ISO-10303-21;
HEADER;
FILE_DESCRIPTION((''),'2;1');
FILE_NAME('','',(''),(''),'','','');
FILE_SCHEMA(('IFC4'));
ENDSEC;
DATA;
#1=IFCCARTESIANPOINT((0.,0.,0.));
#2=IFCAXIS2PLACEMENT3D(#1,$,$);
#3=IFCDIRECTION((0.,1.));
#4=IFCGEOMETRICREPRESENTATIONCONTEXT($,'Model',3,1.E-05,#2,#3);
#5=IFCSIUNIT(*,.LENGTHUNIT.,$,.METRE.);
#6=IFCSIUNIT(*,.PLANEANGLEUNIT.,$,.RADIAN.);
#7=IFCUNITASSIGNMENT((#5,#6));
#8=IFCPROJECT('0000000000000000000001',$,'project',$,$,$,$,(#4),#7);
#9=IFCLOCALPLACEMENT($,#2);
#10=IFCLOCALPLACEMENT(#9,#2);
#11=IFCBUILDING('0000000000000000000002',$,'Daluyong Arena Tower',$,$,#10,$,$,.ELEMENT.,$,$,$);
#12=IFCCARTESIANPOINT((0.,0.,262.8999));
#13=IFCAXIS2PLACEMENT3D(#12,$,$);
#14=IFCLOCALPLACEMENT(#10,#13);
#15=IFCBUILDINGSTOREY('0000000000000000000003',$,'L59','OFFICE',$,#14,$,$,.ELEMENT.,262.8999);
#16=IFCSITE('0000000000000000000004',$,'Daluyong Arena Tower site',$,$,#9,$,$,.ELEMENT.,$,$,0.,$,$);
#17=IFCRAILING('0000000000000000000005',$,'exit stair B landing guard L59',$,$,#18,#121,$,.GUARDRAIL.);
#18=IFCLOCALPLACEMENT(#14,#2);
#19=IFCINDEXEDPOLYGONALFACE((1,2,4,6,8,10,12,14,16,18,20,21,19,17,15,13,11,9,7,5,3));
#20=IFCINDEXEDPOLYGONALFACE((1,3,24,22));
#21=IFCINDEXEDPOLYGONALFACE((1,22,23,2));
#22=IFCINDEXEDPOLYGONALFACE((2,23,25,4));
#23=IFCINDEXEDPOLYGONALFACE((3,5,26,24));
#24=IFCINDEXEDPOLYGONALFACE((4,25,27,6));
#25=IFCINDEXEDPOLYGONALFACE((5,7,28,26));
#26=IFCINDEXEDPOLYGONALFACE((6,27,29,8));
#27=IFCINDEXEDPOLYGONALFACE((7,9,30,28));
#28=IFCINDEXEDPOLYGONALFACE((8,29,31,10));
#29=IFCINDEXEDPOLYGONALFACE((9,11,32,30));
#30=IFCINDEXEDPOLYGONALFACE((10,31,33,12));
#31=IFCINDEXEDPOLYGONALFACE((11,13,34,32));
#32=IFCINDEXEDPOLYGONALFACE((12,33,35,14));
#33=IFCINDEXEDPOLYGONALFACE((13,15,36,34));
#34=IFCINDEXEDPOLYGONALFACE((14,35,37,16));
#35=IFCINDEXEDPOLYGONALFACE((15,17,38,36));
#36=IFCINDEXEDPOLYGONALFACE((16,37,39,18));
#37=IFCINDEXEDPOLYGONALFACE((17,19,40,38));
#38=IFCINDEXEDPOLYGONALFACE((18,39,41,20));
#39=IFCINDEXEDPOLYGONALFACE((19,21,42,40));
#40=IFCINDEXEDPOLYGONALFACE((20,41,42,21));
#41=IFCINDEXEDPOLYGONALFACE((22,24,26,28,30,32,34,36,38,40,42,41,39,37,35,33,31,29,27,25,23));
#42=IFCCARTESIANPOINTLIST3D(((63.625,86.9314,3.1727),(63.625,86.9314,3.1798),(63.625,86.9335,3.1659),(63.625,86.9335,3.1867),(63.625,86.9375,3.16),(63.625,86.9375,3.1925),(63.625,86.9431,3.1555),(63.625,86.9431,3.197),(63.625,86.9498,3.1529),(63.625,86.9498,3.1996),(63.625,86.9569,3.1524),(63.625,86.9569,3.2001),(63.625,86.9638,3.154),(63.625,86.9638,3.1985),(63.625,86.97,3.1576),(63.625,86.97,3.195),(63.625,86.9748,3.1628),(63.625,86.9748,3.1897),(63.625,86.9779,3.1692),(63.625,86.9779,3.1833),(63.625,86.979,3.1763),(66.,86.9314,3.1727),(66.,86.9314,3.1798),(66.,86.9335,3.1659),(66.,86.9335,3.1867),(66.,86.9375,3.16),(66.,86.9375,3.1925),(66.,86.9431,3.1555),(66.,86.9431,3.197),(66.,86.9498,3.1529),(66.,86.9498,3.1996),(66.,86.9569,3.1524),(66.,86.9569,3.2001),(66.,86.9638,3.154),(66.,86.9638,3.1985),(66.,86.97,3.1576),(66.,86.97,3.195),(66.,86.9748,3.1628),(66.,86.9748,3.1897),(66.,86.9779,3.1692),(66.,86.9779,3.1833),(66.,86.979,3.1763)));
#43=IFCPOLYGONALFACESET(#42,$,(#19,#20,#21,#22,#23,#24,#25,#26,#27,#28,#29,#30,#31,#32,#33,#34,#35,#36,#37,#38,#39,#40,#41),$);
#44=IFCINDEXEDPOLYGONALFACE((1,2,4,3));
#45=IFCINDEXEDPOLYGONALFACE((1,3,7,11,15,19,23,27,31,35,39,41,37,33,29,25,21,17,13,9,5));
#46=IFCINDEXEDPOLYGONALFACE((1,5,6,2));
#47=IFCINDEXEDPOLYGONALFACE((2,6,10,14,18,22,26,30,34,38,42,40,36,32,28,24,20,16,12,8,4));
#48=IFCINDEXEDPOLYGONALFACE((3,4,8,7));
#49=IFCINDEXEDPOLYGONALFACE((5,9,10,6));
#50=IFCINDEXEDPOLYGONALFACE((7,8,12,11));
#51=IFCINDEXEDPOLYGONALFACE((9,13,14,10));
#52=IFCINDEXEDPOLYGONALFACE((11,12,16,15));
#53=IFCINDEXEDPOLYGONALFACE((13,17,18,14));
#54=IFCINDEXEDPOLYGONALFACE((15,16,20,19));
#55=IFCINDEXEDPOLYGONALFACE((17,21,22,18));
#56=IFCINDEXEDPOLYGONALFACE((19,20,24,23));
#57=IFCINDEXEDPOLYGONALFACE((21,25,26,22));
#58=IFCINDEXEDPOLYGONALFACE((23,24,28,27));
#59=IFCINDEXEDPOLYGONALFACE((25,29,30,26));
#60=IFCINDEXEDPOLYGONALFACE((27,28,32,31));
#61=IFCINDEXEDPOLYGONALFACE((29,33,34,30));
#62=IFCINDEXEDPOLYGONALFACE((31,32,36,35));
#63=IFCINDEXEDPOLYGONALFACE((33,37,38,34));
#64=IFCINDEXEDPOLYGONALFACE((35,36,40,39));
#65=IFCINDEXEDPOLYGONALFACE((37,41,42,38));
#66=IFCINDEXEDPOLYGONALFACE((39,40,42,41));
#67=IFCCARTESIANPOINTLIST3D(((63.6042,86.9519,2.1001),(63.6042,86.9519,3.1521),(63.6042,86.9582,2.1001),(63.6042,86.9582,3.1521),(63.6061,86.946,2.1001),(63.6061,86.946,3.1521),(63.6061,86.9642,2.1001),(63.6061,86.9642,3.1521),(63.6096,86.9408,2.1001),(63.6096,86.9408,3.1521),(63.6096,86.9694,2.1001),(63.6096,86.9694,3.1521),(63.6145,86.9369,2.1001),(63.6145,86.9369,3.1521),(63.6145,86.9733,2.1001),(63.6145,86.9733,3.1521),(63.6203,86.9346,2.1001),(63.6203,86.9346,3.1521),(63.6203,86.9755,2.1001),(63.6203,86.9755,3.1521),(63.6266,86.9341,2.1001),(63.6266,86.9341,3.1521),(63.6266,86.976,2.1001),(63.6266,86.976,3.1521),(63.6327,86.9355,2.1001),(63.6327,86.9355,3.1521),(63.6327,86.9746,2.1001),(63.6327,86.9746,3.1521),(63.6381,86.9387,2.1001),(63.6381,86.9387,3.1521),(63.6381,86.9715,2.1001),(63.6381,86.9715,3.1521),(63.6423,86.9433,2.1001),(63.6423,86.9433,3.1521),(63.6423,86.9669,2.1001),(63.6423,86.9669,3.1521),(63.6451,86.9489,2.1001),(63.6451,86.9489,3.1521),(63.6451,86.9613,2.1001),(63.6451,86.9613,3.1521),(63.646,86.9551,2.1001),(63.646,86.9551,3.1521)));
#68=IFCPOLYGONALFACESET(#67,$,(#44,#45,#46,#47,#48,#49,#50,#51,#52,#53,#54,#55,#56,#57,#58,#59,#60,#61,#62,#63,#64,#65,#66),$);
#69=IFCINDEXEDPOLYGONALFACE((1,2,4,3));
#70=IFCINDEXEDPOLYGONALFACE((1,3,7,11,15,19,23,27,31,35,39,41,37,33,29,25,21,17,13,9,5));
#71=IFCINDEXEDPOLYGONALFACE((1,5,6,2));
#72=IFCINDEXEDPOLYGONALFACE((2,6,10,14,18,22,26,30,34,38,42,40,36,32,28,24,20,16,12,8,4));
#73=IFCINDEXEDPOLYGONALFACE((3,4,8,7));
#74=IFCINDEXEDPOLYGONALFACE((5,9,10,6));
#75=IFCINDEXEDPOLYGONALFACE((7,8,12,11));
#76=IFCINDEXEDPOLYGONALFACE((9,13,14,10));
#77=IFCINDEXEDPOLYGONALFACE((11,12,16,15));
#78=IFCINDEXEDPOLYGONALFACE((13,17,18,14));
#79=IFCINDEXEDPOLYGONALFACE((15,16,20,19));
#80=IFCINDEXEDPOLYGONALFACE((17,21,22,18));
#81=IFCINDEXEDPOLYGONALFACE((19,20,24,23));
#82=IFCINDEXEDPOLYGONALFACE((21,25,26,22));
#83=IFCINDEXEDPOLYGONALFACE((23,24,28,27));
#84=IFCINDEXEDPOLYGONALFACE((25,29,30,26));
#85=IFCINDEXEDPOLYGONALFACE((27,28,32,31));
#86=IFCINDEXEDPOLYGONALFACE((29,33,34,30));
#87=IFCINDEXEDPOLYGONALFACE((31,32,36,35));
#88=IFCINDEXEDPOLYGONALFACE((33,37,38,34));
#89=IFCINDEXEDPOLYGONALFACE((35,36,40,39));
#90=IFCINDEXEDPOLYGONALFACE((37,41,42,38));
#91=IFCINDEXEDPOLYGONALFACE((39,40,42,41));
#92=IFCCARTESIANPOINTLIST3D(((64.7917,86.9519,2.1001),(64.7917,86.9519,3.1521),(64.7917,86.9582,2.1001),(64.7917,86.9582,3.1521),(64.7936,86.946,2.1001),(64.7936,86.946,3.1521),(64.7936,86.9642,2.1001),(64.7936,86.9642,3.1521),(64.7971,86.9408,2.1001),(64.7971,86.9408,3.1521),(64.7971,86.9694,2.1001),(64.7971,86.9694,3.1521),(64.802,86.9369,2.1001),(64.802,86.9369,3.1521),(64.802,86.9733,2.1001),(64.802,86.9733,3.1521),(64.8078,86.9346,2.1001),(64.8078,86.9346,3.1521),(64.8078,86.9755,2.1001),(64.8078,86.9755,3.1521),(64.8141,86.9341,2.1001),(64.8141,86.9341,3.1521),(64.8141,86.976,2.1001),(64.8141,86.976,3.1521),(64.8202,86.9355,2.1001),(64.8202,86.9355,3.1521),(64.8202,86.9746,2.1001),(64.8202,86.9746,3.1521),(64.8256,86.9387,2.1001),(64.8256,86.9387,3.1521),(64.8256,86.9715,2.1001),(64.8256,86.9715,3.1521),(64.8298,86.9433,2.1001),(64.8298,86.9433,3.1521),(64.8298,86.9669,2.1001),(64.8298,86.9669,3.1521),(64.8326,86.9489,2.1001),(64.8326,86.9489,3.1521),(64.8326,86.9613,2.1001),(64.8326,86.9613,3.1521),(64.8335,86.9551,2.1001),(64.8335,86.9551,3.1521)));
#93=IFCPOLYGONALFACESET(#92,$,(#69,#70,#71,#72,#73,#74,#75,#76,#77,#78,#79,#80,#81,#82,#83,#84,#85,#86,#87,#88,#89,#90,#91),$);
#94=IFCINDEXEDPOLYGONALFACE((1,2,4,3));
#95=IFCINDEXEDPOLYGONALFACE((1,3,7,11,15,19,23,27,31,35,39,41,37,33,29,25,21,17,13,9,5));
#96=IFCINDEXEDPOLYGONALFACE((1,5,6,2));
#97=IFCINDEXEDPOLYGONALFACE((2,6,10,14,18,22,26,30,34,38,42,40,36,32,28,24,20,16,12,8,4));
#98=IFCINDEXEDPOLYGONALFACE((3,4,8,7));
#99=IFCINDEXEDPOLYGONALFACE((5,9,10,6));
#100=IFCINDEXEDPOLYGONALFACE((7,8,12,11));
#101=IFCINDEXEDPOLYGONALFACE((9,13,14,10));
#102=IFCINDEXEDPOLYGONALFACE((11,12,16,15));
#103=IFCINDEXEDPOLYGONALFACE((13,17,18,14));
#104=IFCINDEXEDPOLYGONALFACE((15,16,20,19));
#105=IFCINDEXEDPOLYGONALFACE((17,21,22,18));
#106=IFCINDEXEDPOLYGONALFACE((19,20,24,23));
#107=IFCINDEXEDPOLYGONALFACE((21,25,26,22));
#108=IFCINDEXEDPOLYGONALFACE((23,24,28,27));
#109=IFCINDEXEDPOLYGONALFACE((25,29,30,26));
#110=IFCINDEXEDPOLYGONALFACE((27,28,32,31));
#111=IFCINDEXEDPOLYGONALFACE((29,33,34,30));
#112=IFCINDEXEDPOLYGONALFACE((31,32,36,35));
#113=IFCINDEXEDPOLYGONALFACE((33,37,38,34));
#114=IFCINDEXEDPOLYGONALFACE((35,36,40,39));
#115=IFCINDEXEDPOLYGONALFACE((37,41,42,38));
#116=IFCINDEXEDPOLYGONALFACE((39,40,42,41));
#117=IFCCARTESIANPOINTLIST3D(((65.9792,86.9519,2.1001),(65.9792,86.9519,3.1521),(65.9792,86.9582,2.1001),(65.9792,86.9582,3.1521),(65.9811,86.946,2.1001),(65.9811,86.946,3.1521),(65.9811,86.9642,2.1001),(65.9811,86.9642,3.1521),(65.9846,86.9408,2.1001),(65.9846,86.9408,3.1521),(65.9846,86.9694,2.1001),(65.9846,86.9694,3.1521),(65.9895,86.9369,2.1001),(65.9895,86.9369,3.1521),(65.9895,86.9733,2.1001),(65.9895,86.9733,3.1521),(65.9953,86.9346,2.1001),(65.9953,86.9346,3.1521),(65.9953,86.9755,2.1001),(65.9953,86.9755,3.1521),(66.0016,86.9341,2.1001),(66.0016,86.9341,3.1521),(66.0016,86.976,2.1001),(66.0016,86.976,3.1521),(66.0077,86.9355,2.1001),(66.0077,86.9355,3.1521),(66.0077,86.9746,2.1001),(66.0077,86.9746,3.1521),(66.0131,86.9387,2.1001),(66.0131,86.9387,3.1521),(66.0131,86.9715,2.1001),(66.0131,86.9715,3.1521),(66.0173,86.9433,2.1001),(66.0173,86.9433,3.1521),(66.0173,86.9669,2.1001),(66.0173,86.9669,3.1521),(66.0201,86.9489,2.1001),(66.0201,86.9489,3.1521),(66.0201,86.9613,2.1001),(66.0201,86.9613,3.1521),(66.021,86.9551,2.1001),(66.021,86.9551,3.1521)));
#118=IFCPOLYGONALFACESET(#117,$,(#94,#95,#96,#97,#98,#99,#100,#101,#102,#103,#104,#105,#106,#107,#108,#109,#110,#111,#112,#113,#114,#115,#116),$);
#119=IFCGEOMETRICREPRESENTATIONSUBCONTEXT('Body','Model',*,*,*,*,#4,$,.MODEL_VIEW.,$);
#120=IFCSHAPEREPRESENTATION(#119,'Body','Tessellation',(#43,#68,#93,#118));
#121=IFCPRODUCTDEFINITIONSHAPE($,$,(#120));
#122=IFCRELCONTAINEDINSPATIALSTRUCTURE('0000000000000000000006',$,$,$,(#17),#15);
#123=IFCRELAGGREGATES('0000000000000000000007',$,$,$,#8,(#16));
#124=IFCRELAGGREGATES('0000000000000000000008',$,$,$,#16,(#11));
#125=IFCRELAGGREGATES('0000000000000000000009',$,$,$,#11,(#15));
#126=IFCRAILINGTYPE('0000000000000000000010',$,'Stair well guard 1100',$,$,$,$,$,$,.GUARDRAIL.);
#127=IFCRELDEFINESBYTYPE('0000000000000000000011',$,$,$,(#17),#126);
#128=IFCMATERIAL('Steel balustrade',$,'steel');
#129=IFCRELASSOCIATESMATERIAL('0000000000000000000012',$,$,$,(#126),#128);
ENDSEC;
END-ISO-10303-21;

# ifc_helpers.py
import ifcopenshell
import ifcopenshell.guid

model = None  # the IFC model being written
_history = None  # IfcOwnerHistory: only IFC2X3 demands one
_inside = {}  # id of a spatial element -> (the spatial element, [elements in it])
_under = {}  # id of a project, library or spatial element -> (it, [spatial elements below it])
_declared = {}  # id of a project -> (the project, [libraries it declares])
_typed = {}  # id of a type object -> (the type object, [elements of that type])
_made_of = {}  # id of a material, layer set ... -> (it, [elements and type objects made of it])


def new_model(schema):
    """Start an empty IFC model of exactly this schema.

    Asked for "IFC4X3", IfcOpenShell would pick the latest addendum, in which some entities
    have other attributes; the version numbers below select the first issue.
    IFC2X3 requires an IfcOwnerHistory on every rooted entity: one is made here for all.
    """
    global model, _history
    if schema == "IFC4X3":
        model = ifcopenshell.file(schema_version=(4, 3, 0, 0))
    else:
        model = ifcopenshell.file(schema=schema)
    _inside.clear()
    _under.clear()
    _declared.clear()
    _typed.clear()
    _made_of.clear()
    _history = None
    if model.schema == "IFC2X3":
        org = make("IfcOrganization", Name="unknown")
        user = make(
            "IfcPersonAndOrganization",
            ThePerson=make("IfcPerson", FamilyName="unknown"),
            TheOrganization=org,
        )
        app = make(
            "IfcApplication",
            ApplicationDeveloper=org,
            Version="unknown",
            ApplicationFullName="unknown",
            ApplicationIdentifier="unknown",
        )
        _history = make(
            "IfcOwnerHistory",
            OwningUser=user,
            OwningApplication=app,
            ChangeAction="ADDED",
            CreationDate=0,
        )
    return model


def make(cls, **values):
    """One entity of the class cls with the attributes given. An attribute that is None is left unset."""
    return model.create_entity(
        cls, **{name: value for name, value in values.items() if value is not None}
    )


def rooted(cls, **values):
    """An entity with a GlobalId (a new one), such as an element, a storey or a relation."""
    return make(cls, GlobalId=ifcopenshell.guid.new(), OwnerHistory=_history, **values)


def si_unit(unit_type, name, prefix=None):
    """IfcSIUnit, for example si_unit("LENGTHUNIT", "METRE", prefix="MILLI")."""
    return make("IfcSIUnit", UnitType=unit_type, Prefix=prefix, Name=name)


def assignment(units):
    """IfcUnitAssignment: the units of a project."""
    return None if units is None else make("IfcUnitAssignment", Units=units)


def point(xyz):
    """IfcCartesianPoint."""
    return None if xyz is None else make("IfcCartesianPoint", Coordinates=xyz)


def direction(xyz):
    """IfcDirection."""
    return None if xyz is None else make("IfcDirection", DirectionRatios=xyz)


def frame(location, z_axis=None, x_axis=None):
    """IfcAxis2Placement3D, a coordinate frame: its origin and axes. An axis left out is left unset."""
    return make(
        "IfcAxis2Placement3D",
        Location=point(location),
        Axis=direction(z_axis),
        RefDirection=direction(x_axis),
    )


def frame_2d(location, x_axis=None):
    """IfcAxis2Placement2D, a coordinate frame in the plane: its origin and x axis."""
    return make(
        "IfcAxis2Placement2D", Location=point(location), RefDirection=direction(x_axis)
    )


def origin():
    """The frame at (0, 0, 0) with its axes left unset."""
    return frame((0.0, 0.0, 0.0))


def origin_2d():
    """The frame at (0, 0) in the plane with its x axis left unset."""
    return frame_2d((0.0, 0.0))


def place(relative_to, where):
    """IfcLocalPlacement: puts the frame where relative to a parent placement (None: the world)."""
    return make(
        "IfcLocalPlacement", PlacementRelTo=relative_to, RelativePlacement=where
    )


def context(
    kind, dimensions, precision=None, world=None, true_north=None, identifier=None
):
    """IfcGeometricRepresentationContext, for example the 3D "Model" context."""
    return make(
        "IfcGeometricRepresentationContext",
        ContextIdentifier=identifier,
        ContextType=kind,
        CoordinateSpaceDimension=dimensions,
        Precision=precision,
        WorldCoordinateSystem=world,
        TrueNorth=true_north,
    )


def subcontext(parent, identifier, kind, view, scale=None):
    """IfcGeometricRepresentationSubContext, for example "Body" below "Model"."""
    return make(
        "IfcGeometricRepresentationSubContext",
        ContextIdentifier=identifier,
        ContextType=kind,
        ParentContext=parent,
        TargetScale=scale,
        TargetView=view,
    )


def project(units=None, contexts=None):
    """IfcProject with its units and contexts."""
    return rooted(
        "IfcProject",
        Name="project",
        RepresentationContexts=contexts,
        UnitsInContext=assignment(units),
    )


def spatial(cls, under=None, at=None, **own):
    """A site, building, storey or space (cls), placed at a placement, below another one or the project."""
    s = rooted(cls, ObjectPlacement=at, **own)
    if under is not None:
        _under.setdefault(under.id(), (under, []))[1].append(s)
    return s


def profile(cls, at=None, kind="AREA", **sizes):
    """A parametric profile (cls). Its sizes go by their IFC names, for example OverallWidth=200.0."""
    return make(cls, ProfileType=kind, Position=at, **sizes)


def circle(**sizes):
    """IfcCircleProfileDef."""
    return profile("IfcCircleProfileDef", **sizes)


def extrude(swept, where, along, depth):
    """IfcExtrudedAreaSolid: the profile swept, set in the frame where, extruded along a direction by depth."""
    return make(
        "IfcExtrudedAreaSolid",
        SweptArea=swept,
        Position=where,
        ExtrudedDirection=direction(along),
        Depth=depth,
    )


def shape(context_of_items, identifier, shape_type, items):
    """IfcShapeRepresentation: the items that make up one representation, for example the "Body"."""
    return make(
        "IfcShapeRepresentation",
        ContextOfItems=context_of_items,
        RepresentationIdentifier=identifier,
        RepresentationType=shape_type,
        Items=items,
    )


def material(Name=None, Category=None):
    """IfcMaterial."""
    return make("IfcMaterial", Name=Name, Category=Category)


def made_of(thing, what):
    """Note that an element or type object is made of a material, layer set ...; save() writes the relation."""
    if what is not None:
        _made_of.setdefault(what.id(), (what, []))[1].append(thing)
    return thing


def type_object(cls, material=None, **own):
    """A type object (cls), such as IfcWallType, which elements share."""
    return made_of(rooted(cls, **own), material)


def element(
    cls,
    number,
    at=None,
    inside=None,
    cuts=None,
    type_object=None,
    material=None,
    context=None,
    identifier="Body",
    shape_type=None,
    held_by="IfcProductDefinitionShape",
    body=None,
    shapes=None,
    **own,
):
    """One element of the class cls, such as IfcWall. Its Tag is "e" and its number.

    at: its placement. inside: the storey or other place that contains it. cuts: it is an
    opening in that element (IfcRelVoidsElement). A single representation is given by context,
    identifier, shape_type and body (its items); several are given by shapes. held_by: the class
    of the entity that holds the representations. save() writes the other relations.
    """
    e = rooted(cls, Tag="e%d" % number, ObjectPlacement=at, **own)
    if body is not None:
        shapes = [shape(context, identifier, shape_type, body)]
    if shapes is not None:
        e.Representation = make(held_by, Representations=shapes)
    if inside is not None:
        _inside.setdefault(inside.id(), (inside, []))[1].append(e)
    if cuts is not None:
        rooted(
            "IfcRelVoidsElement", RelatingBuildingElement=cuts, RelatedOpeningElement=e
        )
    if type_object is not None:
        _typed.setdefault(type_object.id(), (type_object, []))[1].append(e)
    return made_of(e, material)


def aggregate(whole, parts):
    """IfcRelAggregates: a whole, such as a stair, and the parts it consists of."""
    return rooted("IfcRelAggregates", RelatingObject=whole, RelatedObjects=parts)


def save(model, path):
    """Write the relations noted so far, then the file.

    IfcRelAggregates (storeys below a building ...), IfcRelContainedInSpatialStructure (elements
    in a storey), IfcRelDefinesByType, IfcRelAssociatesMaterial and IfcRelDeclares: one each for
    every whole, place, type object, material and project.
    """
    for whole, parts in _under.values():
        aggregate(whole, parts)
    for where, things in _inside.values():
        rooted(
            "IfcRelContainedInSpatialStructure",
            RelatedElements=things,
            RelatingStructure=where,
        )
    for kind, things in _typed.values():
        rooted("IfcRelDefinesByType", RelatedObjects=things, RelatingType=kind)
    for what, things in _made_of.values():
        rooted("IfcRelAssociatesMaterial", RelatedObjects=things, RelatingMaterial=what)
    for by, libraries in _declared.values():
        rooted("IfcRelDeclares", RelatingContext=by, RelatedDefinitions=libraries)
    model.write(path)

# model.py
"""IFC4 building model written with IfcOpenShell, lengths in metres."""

from ifc_helpers import new_model, si_unit, direction, frame, origin, origin_2d, place, context, subcontext, project, spatial, circle, extrude, material, type_object, element, save


model = new_model("IFC4")

# Units and contexts
model_context = context("Model", 3, precision=1e-05, world=origin(), true_north=direction((0.0, 1.0)))
body_context = subcontext(model_context, "Body", "Model", "MODEL_VIEW")
ifc_project = project(units=[si_unit("LENGTHUNIT", "METRE"), si_unit("PLANEANGLEUNIT", "RADIAN")], contexts=[model_context])

# Site, building, storey
site_placement = place(None, origin())
site = spatial("IfcSite", under=ifc_project, at=site_placement, Name="Daluyong Arena Tower site", CompositionType="ELEMENT", RefElevation=0.0)
building_placement = place(site_placement, origin())
building = spatial("IfcBuilding", under=site, at=building_placement, Name="Daluyong Arena Tower", CompositionType="ELEMENT")
storey_placement = place(building_placement, frame((0.0, 0.0, 262.8999)))
storey = spatial("IfcBuildingStorey", under=building, at=storey_placement, Name="L59", Description="OFFICE", CompositionType="ELEMENT", Elevation=262.8999)

# Railing
ifc_material_1 = material(Name="Steel balustrade", Category="steel")
railing_type_1 = type_object("IfcRailingType", Name="Stair well guard 1100", PredefinedType="GUARDRAIL", material=ifc_material_1)
railing_1_placement = place(storey_placement, frame((63.625, 86.9551, 2.1001)))
element("IfcRailing", 1, at=railing_1_placement, inside=storey, type_object=railing_type_1, Name="exit stair B landing guard L59", PredefinedType="GUARDRAIL", context=body_context, shape_type="SweptSolid", body=[
    extrude(circle(Radius=0.0239, at=origin_2d()), frame((0.0, 0.0, 1.0762), z_axis=(1.0, 0.0, 0.0), x_axis=(0.0, 1.0, 0.0)), (0.0, 0.0, 1.0), 2.375),
    extrude(circle(Radius=0.021, at=origin_2d()), origin(), (0.0, 0.0, 1.0), 1.052),
    extrude(circle(Radius=0.021, at=origin_2d()), frame((1.1875, 0.0, 0.0)), (0.0, 0.0, 1.0), 1.052),
    extrude(circle(Radius=0.021, at=origin_2d()), frame((2.375, 0.0, 0.0)), (0.0, 0.0, 1.0), 1.052),
])

save(model, "model.ifc")
